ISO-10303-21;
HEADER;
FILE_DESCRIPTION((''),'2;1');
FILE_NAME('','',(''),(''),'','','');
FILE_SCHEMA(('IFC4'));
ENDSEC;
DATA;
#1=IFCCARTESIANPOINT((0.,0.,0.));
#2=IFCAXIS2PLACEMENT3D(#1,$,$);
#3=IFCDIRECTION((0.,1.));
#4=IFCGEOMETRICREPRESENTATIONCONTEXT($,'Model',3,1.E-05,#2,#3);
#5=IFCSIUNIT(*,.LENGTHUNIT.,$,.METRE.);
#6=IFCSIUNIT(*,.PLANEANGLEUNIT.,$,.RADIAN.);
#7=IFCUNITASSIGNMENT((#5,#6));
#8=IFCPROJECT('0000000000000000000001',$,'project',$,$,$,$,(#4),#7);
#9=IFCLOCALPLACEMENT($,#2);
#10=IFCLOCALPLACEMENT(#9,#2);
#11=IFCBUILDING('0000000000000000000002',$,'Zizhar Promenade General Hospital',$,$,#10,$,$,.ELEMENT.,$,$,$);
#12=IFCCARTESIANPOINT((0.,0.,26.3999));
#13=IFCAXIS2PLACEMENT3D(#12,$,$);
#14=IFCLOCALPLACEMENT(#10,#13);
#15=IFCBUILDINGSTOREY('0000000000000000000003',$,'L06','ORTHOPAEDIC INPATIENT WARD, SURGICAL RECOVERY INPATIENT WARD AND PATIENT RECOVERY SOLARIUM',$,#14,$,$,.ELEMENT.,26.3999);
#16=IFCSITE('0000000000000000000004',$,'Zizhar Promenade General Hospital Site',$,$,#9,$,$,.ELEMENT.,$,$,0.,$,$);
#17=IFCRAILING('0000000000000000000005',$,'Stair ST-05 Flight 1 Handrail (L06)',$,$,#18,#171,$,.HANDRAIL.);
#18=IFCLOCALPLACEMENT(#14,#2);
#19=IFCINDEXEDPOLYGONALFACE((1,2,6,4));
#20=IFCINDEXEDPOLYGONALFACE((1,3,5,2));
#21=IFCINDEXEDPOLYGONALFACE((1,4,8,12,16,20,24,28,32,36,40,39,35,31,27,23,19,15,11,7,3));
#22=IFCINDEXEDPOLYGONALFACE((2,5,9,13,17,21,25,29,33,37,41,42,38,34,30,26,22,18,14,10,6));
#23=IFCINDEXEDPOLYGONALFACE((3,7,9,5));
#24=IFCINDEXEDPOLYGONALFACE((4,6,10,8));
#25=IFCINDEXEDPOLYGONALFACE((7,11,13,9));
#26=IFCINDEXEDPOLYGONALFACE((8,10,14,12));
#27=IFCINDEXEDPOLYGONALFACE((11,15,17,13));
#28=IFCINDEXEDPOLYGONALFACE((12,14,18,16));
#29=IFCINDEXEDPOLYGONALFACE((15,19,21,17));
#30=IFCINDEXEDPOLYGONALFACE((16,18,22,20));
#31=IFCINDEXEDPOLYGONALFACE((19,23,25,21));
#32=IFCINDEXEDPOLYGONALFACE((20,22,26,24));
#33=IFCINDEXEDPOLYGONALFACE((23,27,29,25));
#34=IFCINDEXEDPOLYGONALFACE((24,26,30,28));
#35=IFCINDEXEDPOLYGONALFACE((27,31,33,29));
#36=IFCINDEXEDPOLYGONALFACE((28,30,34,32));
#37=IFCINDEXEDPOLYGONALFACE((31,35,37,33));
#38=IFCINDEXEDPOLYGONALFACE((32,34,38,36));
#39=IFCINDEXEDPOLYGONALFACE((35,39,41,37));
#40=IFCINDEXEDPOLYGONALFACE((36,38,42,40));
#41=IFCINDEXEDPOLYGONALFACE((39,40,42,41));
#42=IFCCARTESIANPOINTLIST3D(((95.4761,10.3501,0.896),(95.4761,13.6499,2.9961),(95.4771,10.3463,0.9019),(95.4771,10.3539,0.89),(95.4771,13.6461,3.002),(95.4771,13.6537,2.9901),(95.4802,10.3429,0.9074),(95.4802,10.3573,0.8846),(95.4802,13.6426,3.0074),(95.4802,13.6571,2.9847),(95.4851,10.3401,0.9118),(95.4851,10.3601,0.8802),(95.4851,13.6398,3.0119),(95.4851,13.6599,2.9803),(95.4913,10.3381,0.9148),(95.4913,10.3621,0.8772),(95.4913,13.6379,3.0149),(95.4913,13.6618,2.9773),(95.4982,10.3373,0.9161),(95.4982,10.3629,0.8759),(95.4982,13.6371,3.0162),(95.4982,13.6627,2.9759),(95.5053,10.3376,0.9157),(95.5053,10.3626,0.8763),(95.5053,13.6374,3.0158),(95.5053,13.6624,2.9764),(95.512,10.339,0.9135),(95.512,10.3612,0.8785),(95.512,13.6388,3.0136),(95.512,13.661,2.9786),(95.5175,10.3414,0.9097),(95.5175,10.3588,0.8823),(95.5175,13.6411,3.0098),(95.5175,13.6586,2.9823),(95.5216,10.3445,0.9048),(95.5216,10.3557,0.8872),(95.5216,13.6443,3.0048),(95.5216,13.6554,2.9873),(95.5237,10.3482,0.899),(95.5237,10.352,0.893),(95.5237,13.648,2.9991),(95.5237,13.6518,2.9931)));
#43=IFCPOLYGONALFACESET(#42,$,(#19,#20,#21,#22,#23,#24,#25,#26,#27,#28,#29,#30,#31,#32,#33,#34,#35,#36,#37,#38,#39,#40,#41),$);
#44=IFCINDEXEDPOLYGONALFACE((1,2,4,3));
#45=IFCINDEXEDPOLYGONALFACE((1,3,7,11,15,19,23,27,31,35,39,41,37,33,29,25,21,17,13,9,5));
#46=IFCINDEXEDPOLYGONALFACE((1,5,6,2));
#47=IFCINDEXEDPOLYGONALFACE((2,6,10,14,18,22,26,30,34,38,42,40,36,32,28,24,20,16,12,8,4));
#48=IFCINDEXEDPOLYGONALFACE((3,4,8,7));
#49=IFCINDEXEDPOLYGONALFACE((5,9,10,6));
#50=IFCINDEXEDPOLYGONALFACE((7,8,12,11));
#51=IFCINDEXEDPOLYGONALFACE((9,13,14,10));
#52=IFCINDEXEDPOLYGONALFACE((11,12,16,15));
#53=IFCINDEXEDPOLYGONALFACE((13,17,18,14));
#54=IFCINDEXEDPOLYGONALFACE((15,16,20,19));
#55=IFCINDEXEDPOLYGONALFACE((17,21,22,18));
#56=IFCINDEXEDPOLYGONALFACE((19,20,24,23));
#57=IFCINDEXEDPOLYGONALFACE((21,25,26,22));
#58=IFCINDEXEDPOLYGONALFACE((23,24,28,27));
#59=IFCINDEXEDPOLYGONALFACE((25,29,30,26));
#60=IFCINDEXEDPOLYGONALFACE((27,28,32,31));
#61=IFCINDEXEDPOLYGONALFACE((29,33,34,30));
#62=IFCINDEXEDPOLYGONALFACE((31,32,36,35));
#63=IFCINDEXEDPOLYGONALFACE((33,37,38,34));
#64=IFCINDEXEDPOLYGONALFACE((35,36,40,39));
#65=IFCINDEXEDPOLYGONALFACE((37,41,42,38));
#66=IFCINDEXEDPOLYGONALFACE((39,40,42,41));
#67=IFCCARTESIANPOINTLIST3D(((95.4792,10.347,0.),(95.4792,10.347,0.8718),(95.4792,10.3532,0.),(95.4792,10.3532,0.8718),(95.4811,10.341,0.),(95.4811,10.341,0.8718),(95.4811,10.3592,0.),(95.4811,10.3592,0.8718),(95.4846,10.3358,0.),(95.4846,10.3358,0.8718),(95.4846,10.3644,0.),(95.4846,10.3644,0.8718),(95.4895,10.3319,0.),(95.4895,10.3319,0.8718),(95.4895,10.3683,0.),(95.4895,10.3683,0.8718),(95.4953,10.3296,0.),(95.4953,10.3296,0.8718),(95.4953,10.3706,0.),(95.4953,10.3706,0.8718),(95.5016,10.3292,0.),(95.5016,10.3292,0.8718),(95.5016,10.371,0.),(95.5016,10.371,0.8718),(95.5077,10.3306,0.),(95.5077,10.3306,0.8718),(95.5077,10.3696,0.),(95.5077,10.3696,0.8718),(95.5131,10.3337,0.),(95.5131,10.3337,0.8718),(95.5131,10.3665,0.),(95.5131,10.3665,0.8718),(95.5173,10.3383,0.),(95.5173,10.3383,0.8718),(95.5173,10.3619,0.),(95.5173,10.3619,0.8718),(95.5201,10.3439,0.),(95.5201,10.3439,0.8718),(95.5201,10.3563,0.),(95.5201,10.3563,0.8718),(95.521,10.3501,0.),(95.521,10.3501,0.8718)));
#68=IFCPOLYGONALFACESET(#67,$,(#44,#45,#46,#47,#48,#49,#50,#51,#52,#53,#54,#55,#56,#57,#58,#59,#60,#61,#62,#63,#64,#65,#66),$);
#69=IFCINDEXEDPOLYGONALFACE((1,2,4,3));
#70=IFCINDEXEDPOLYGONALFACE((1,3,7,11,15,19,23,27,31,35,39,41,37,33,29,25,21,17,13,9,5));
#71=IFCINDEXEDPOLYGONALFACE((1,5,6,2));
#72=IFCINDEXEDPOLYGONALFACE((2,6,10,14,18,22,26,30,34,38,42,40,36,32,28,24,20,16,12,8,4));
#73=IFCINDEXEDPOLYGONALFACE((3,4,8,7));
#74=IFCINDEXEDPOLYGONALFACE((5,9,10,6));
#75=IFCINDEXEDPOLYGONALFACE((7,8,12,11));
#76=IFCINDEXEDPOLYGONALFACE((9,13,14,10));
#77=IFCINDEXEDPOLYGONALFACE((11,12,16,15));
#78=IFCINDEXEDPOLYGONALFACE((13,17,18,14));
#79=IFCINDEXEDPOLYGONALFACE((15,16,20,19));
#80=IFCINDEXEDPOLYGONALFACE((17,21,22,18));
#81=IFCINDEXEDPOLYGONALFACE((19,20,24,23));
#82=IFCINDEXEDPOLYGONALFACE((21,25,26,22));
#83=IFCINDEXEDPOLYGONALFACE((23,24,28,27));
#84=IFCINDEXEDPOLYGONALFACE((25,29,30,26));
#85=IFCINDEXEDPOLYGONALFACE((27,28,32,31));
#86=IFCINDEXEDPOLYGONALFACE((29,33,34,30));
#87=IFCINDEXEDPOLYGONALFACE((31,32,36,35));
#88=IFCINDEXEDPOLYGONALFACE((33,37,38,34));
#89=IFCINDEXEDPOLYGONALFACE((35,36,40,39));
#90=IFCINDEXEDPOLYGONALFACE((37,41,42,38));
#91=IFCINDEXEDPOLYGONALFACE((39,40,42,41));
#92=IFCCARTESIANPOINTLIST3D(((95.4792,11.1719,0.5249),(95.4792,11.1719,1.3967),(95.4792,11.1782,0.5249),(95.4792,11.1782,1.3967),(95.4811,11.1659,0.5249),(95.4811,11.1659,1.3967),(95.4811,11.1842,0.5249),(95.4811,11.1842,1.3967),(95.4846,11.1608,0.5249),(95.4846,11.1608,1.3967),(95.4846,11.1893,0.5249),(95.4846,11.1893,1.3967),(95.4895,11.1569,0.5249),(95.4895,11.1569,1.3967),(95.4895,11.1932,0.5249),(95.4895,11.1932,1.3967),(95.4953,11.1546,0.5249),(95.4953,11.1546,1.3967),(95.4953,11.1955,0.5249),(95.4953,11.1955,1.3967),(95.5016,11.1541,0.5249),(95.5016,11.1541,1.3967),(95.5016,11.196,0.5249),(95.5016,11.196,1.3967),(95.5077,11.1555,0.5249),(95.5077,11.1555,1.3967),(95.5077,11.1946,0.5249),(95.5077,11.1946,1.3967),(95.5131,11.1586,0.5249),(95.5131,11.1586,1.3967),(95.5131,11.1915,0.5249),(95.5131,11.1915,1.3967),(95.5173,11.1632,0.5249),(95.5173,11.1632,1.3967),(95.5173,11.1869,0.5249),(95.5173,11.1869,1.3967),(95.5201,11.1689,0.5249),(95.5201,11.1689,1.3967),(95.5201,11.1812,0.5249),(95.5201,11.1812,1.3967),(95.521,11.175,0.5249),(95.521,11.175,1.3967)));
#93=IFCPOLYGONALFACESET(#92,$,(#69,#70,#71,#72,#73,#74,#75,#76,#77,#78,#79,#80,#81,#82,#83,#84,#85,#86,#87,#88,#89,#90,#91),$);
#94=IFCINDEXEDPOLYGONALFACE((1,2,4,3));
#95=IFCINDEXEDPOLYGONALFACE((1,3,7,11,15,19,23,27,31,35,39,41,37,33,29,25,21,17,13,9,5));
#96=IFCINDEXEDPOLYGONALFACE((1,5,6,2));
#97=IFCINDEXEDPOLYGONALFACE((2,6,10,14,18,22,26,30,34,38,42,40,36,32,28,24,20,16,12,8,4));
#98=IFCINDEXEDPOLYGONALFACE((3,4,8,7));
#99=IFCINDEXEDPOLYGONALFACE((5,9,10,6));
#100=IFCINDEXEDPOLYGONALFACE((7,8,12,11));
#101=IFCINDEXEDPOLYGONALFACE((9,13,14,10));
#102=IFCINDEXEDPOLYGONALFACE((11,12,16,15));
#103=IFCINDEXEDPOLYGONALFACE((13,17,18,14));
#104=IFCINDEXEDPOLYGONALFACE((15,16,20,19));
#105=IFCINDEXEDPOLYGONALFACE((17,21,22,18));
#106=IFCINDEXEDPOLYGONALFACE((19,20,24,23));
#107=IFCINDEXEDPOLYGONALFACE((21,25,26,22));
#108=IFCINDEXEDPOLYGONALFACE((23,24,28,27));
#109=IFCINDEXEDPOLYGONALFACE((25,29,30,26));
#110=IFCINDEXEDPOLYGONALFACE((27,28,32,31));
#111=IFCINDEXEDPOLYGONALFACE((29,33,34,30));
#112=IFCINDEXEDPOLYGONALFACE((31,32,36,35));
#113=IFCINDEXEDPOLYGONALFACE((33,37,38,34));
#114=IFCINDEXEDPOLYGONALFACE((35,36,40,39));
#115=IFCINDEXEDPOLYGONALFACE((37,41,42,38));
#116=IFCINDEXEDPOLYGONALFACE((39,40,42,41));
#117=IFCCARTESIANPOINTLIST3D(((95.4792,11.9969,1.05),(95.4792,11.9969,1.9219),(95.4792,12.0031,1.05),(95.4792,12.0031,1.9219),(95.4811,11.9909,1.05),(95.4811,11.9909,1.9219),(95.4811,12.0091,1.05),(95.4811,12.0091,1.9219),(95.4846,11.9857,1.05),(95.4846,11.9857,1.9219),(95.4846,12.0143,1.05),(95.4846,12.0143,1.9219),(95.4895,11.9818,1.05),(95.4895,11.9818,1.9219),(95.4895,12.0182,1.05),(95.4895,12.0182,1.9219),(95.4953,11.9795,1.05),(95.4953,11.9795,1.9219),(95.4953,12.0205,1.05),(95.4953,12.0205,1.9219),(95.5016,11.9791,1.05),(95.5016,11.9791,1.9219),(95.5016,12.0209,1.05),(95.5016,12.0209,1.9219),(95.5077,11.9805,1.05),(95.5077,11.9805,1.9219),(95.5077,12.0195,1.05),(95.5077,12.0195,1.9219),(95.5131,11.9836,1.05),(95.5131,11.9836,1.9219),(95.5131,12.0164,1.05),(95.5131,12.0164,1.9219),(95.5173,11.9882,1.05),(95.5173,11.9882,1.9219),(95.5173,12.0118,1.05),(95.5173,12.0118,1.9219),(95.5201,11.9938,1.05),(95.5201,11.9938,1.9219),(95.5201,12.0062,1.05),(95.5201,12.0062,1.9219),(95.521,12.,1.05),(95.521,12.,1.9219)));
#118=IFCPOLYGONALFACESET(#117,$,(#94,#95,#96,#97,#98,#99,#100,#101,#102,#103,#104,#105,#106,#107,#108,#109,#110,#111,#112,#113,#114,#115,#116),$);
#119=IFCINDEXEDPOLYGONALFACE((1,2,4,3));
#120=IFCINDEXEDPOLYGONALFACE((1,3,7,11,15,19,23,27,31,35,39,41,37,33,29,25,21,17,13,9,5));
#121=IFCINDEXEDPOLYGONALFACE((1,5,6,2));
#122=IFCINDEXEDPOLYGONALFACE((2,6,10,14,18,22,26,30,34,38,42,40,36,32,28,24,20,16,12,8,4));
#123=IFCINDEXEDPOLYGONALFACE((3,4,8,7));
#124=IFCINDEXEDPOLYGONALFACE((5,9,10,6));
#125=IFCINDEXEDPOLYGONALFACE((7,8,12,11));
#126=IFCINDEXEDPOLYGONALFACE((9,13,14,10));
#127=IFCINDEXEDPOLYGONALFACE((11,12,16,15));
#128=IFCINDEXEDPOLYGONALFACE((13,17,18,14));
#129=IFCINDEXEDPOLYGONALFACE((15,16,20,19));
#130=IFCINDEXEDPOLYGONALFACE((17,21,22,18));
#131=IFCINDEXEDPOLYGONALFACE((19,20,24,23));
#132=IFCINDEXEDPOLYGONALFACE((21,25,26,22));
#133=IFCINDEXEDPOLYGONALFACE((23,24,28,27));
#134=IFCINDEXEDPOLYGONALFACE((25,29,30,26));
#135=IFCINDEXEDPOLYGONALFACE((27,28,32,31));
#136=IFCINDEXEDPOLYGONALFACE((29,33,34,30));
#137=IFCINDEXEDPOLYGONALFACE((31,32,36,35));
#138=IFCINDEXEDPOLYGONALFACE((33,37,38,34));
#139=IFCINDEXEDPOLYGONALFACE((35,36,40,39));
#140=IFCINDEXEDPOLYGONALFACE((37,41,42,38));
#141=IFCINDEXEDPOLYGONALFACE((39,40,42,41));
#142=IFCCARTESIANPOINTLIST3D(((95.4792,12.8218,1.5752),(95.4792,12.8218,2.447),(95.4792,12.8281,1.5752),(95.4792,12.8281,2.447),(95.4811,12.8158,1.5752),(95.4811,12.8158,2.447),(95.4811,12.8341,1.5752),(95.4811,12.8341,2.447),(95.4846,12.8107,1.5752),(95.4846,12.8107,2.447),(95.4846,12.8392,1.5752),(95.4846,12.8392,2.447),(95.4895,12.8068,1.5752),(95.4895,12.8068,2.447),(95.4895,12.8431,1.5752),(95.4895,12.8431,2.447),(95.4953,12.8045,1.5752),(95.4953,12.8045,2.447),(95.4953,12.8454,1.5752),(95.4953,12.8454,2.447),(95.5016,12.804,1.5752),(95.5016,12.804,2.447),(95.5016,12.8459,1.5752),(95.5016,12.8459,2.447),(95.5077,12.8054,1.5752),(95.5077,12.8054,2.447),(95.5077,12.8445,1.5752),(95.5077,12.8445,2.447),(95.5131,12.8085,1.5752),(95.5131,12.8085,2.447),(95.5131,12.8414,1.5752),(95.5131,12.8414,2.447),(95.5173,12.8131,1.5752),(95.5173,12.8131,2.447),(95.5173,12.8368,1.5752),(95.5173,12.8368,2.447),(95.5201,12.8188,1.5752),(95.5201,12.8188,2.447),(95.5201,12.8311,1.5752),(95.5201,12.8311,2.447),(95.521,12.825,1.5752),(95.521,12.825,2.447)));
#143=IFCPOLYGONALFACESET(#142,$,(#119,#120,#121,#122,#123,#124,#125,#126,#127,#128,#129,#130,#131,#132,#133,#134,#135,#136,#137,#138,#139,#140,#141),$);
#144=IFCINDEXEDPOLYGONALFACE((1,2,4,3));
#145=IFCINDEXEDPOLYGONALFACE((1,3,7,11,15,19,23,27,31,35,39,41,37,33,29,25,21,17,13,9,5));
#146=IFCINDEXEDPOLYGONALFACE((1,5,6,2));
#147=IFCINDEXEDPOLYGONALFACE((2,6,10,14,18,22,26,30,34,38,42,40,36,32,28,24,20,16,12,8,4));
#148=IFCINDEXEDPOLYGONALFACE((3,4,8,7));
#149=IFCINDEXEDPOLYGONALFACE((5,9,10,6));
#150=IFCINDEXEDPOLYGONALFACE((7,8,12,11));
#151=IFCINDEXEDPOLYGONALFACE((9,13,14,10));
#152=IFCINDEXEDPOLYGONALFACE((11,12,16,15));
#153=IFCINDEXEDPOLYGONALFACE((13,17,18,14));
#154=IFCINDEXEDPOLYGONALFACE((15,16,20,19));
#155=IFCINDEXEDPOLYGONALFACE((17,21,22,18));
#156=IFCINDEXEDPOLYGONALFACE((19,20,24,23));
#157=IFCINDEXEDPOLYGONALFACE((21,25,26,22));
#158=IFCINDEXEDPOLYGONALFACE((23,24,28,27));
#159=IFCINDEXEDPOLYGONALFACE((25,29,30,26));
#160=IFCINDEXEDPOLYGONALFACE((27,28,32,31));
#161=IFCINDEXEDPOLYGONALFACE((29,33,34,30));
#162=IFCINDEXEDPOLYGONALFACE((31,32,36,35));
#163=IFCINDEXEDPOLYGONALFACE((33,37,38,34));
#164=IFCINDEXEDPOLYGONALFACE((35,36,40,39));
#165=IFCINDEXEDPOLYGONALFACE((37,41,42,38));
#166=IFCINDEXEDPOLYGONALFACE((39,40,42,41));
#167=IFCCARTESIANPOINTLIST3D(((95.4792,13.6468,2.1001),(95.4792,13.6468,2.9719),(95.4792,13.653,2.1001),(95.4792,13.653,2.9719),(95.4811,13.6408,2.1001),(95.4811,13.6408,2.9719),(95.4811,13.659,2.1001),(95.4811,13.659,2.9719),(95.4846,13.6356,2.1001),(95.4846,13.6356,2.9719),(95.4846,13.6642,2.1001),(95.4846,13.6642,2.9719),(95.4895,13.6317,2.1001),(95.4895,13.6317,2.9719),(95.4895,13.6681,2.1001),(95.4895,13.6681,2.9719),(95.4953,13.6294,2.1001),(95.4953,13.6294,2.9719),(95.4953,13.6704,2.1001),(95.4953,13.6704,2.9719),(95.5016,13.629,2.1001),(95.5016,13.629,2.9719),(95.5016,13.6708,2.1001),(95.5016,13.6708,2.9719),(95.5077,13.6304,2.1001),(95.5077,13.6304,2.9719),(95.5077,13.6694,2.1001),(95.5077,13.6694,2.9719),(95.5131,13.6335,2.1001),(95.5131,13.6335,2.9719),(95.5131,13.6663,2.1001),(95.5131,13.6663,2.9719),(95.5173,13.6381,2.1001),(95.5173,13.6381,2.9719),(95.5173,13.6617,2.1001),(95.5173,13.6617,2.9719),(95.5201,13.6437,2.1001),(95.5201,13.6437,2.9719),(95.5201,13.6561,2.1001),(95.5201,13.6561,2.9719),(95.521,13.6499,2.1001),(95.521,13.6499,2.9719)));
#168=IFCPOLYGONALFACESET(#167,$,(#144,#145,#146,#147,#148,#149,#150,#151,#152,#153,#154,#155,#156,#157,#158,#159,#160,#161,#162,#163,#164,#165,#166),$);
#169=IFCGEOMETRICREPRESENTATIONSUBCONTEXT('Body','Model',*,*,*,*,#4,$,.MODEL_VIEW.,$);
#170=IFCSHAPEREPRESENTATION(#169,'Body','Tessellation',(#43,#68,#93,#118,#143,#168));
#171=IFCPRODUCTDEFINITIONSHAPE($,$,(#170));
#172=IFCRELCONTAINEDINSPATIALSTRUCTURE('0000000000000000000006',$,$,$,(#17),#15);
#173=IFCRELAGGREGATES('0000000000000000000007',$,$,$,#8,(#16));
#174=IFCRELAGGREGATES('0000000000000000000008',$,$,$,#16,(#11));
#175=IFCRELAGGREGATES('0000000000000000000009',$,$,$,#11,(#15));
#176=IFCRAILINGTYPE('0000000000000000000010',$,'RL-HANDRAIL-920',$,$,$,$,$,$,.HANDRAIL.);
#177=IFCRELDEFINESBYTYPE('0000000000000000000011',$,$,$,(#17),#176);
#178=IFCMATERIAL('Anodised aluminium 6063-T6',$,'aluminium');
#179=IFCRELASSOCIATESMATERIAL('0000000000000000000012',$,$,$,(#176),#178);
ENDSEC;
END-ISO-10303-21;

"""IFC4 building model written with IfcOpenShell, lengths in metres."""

from ifc_helpers import new_model, si_unit, direction, frame, origin, origin_2d, place, context, subcontext, project, spatial, circle, hollow_circle, extrude, material, material_profile, profile_set, type_object, element, save


model = new_model("IFC4")

# Units and contexts
model_context = context("Model", 3, precision=1e-05, world=origin(), true_north=direction((0.0, 1.0)))
body_context = subcontext(model_context, "Body", "Model", "MODEL_VIEW")
ifc_project = project(units=[si_unit("LENGTHUNIT", "METRE"), si_unit("PLANEANGLEUNIT", "RADIAN")], contexts=[model_context])

# Site, building, storey
site_placement = place(None, origin())
site = spatial("IfcSite", under=ifc_project, at=site_placement, Name="Zizhar Promenade General Hospital Site", CompositionType="ELEMENT", RefElevation=0.0)
building_placement = place(site_placement, origin())
building = spatial("IfcBuilding", under=site, at=building_placement, Name="Zizhar Promenade General Hospital", CompositionType="ELEMENT")
storey_placement = place(building_placement, frame((0.0, 0.0, 26.3999)))
storey = spatial("IfcBuildingStorey", under=building, at=storey_placement, Name="L06", Description="ORTHOPAEDIC INPATIENT WARD, SURGICAL RECOVERY INPATIENT WARD AND PATIENT RECOVERY SOLARIUM", CompositionType="ELEMENT", Elevation=26.3999)

# Railing
ifc_material_1 = material(Name="Anodised aluminium 6063-T6", Category="aluminium")
ifc_material_profile_1 = material_profile(ifc_material_1, hollow_circle(Radius=0.0698, WallThickness=0.0063, at=origin_2d()))
ifc_profile_set_1 = profile_set([ifc_material_profile_1], Name="Anodised aluminium 6063-T6")
railing_type_1 = type_object("IfcRailingType", Name="RL-HANDRAIL-920", PredefinedType="HANDRAIL", material=ifc_profile_set_1)
railing_placement = place(storey_placement, frame((95.5, 10.3501, 0.0)))
element("IfcRailing", 1, at=railing_placement, inside=storey, type_object=railing_type_1, Name="Stair ST-05 Flight 1 Handrail (L06)", PredefinedType="HANDRAIL", context=body_context, shape_type="SweptSolid", body=[
    extrude(circle(Radius=0.0239, at=origin_2d()), frame((0.0, 0.0, 0.896), z_axis=(0.0, 0.843636, 0.536916), x_axis=(-1.0, 0.0, 0.0)), (0.0, 0.0, 1.0), 3.9114),
    extrude(circle(Radius=0.021, at=origin_2d()), origin(), (0.0, 0.0, 1.0), 0.8718),
    extrude(circle(Radius=0.021, at=origin_2d()), frame((0.0, 0.825, 0.5249)), (0.0, 0.0, 1.0), 0.8718),
    extrude(circle(Radius=0.021, at=origin_2d()), frame((0.0, 1.6499, 1.05)), (0.0, 0.0, 1.0), 0.8718),
    extrude(circle(Radius=0.021, at=origin_2d()), frame((0.0, 2.4749, 1.5752)), (0.0, 0.0, 1.0), 0.8718),
    extrude(circle(Radius=0.021, at=origin_2d()), frame((0.0, 3.2998, 2.1001)), (0.0, 0.0, 1.0), 0.8718),
])

save(model, "model.ifc")
